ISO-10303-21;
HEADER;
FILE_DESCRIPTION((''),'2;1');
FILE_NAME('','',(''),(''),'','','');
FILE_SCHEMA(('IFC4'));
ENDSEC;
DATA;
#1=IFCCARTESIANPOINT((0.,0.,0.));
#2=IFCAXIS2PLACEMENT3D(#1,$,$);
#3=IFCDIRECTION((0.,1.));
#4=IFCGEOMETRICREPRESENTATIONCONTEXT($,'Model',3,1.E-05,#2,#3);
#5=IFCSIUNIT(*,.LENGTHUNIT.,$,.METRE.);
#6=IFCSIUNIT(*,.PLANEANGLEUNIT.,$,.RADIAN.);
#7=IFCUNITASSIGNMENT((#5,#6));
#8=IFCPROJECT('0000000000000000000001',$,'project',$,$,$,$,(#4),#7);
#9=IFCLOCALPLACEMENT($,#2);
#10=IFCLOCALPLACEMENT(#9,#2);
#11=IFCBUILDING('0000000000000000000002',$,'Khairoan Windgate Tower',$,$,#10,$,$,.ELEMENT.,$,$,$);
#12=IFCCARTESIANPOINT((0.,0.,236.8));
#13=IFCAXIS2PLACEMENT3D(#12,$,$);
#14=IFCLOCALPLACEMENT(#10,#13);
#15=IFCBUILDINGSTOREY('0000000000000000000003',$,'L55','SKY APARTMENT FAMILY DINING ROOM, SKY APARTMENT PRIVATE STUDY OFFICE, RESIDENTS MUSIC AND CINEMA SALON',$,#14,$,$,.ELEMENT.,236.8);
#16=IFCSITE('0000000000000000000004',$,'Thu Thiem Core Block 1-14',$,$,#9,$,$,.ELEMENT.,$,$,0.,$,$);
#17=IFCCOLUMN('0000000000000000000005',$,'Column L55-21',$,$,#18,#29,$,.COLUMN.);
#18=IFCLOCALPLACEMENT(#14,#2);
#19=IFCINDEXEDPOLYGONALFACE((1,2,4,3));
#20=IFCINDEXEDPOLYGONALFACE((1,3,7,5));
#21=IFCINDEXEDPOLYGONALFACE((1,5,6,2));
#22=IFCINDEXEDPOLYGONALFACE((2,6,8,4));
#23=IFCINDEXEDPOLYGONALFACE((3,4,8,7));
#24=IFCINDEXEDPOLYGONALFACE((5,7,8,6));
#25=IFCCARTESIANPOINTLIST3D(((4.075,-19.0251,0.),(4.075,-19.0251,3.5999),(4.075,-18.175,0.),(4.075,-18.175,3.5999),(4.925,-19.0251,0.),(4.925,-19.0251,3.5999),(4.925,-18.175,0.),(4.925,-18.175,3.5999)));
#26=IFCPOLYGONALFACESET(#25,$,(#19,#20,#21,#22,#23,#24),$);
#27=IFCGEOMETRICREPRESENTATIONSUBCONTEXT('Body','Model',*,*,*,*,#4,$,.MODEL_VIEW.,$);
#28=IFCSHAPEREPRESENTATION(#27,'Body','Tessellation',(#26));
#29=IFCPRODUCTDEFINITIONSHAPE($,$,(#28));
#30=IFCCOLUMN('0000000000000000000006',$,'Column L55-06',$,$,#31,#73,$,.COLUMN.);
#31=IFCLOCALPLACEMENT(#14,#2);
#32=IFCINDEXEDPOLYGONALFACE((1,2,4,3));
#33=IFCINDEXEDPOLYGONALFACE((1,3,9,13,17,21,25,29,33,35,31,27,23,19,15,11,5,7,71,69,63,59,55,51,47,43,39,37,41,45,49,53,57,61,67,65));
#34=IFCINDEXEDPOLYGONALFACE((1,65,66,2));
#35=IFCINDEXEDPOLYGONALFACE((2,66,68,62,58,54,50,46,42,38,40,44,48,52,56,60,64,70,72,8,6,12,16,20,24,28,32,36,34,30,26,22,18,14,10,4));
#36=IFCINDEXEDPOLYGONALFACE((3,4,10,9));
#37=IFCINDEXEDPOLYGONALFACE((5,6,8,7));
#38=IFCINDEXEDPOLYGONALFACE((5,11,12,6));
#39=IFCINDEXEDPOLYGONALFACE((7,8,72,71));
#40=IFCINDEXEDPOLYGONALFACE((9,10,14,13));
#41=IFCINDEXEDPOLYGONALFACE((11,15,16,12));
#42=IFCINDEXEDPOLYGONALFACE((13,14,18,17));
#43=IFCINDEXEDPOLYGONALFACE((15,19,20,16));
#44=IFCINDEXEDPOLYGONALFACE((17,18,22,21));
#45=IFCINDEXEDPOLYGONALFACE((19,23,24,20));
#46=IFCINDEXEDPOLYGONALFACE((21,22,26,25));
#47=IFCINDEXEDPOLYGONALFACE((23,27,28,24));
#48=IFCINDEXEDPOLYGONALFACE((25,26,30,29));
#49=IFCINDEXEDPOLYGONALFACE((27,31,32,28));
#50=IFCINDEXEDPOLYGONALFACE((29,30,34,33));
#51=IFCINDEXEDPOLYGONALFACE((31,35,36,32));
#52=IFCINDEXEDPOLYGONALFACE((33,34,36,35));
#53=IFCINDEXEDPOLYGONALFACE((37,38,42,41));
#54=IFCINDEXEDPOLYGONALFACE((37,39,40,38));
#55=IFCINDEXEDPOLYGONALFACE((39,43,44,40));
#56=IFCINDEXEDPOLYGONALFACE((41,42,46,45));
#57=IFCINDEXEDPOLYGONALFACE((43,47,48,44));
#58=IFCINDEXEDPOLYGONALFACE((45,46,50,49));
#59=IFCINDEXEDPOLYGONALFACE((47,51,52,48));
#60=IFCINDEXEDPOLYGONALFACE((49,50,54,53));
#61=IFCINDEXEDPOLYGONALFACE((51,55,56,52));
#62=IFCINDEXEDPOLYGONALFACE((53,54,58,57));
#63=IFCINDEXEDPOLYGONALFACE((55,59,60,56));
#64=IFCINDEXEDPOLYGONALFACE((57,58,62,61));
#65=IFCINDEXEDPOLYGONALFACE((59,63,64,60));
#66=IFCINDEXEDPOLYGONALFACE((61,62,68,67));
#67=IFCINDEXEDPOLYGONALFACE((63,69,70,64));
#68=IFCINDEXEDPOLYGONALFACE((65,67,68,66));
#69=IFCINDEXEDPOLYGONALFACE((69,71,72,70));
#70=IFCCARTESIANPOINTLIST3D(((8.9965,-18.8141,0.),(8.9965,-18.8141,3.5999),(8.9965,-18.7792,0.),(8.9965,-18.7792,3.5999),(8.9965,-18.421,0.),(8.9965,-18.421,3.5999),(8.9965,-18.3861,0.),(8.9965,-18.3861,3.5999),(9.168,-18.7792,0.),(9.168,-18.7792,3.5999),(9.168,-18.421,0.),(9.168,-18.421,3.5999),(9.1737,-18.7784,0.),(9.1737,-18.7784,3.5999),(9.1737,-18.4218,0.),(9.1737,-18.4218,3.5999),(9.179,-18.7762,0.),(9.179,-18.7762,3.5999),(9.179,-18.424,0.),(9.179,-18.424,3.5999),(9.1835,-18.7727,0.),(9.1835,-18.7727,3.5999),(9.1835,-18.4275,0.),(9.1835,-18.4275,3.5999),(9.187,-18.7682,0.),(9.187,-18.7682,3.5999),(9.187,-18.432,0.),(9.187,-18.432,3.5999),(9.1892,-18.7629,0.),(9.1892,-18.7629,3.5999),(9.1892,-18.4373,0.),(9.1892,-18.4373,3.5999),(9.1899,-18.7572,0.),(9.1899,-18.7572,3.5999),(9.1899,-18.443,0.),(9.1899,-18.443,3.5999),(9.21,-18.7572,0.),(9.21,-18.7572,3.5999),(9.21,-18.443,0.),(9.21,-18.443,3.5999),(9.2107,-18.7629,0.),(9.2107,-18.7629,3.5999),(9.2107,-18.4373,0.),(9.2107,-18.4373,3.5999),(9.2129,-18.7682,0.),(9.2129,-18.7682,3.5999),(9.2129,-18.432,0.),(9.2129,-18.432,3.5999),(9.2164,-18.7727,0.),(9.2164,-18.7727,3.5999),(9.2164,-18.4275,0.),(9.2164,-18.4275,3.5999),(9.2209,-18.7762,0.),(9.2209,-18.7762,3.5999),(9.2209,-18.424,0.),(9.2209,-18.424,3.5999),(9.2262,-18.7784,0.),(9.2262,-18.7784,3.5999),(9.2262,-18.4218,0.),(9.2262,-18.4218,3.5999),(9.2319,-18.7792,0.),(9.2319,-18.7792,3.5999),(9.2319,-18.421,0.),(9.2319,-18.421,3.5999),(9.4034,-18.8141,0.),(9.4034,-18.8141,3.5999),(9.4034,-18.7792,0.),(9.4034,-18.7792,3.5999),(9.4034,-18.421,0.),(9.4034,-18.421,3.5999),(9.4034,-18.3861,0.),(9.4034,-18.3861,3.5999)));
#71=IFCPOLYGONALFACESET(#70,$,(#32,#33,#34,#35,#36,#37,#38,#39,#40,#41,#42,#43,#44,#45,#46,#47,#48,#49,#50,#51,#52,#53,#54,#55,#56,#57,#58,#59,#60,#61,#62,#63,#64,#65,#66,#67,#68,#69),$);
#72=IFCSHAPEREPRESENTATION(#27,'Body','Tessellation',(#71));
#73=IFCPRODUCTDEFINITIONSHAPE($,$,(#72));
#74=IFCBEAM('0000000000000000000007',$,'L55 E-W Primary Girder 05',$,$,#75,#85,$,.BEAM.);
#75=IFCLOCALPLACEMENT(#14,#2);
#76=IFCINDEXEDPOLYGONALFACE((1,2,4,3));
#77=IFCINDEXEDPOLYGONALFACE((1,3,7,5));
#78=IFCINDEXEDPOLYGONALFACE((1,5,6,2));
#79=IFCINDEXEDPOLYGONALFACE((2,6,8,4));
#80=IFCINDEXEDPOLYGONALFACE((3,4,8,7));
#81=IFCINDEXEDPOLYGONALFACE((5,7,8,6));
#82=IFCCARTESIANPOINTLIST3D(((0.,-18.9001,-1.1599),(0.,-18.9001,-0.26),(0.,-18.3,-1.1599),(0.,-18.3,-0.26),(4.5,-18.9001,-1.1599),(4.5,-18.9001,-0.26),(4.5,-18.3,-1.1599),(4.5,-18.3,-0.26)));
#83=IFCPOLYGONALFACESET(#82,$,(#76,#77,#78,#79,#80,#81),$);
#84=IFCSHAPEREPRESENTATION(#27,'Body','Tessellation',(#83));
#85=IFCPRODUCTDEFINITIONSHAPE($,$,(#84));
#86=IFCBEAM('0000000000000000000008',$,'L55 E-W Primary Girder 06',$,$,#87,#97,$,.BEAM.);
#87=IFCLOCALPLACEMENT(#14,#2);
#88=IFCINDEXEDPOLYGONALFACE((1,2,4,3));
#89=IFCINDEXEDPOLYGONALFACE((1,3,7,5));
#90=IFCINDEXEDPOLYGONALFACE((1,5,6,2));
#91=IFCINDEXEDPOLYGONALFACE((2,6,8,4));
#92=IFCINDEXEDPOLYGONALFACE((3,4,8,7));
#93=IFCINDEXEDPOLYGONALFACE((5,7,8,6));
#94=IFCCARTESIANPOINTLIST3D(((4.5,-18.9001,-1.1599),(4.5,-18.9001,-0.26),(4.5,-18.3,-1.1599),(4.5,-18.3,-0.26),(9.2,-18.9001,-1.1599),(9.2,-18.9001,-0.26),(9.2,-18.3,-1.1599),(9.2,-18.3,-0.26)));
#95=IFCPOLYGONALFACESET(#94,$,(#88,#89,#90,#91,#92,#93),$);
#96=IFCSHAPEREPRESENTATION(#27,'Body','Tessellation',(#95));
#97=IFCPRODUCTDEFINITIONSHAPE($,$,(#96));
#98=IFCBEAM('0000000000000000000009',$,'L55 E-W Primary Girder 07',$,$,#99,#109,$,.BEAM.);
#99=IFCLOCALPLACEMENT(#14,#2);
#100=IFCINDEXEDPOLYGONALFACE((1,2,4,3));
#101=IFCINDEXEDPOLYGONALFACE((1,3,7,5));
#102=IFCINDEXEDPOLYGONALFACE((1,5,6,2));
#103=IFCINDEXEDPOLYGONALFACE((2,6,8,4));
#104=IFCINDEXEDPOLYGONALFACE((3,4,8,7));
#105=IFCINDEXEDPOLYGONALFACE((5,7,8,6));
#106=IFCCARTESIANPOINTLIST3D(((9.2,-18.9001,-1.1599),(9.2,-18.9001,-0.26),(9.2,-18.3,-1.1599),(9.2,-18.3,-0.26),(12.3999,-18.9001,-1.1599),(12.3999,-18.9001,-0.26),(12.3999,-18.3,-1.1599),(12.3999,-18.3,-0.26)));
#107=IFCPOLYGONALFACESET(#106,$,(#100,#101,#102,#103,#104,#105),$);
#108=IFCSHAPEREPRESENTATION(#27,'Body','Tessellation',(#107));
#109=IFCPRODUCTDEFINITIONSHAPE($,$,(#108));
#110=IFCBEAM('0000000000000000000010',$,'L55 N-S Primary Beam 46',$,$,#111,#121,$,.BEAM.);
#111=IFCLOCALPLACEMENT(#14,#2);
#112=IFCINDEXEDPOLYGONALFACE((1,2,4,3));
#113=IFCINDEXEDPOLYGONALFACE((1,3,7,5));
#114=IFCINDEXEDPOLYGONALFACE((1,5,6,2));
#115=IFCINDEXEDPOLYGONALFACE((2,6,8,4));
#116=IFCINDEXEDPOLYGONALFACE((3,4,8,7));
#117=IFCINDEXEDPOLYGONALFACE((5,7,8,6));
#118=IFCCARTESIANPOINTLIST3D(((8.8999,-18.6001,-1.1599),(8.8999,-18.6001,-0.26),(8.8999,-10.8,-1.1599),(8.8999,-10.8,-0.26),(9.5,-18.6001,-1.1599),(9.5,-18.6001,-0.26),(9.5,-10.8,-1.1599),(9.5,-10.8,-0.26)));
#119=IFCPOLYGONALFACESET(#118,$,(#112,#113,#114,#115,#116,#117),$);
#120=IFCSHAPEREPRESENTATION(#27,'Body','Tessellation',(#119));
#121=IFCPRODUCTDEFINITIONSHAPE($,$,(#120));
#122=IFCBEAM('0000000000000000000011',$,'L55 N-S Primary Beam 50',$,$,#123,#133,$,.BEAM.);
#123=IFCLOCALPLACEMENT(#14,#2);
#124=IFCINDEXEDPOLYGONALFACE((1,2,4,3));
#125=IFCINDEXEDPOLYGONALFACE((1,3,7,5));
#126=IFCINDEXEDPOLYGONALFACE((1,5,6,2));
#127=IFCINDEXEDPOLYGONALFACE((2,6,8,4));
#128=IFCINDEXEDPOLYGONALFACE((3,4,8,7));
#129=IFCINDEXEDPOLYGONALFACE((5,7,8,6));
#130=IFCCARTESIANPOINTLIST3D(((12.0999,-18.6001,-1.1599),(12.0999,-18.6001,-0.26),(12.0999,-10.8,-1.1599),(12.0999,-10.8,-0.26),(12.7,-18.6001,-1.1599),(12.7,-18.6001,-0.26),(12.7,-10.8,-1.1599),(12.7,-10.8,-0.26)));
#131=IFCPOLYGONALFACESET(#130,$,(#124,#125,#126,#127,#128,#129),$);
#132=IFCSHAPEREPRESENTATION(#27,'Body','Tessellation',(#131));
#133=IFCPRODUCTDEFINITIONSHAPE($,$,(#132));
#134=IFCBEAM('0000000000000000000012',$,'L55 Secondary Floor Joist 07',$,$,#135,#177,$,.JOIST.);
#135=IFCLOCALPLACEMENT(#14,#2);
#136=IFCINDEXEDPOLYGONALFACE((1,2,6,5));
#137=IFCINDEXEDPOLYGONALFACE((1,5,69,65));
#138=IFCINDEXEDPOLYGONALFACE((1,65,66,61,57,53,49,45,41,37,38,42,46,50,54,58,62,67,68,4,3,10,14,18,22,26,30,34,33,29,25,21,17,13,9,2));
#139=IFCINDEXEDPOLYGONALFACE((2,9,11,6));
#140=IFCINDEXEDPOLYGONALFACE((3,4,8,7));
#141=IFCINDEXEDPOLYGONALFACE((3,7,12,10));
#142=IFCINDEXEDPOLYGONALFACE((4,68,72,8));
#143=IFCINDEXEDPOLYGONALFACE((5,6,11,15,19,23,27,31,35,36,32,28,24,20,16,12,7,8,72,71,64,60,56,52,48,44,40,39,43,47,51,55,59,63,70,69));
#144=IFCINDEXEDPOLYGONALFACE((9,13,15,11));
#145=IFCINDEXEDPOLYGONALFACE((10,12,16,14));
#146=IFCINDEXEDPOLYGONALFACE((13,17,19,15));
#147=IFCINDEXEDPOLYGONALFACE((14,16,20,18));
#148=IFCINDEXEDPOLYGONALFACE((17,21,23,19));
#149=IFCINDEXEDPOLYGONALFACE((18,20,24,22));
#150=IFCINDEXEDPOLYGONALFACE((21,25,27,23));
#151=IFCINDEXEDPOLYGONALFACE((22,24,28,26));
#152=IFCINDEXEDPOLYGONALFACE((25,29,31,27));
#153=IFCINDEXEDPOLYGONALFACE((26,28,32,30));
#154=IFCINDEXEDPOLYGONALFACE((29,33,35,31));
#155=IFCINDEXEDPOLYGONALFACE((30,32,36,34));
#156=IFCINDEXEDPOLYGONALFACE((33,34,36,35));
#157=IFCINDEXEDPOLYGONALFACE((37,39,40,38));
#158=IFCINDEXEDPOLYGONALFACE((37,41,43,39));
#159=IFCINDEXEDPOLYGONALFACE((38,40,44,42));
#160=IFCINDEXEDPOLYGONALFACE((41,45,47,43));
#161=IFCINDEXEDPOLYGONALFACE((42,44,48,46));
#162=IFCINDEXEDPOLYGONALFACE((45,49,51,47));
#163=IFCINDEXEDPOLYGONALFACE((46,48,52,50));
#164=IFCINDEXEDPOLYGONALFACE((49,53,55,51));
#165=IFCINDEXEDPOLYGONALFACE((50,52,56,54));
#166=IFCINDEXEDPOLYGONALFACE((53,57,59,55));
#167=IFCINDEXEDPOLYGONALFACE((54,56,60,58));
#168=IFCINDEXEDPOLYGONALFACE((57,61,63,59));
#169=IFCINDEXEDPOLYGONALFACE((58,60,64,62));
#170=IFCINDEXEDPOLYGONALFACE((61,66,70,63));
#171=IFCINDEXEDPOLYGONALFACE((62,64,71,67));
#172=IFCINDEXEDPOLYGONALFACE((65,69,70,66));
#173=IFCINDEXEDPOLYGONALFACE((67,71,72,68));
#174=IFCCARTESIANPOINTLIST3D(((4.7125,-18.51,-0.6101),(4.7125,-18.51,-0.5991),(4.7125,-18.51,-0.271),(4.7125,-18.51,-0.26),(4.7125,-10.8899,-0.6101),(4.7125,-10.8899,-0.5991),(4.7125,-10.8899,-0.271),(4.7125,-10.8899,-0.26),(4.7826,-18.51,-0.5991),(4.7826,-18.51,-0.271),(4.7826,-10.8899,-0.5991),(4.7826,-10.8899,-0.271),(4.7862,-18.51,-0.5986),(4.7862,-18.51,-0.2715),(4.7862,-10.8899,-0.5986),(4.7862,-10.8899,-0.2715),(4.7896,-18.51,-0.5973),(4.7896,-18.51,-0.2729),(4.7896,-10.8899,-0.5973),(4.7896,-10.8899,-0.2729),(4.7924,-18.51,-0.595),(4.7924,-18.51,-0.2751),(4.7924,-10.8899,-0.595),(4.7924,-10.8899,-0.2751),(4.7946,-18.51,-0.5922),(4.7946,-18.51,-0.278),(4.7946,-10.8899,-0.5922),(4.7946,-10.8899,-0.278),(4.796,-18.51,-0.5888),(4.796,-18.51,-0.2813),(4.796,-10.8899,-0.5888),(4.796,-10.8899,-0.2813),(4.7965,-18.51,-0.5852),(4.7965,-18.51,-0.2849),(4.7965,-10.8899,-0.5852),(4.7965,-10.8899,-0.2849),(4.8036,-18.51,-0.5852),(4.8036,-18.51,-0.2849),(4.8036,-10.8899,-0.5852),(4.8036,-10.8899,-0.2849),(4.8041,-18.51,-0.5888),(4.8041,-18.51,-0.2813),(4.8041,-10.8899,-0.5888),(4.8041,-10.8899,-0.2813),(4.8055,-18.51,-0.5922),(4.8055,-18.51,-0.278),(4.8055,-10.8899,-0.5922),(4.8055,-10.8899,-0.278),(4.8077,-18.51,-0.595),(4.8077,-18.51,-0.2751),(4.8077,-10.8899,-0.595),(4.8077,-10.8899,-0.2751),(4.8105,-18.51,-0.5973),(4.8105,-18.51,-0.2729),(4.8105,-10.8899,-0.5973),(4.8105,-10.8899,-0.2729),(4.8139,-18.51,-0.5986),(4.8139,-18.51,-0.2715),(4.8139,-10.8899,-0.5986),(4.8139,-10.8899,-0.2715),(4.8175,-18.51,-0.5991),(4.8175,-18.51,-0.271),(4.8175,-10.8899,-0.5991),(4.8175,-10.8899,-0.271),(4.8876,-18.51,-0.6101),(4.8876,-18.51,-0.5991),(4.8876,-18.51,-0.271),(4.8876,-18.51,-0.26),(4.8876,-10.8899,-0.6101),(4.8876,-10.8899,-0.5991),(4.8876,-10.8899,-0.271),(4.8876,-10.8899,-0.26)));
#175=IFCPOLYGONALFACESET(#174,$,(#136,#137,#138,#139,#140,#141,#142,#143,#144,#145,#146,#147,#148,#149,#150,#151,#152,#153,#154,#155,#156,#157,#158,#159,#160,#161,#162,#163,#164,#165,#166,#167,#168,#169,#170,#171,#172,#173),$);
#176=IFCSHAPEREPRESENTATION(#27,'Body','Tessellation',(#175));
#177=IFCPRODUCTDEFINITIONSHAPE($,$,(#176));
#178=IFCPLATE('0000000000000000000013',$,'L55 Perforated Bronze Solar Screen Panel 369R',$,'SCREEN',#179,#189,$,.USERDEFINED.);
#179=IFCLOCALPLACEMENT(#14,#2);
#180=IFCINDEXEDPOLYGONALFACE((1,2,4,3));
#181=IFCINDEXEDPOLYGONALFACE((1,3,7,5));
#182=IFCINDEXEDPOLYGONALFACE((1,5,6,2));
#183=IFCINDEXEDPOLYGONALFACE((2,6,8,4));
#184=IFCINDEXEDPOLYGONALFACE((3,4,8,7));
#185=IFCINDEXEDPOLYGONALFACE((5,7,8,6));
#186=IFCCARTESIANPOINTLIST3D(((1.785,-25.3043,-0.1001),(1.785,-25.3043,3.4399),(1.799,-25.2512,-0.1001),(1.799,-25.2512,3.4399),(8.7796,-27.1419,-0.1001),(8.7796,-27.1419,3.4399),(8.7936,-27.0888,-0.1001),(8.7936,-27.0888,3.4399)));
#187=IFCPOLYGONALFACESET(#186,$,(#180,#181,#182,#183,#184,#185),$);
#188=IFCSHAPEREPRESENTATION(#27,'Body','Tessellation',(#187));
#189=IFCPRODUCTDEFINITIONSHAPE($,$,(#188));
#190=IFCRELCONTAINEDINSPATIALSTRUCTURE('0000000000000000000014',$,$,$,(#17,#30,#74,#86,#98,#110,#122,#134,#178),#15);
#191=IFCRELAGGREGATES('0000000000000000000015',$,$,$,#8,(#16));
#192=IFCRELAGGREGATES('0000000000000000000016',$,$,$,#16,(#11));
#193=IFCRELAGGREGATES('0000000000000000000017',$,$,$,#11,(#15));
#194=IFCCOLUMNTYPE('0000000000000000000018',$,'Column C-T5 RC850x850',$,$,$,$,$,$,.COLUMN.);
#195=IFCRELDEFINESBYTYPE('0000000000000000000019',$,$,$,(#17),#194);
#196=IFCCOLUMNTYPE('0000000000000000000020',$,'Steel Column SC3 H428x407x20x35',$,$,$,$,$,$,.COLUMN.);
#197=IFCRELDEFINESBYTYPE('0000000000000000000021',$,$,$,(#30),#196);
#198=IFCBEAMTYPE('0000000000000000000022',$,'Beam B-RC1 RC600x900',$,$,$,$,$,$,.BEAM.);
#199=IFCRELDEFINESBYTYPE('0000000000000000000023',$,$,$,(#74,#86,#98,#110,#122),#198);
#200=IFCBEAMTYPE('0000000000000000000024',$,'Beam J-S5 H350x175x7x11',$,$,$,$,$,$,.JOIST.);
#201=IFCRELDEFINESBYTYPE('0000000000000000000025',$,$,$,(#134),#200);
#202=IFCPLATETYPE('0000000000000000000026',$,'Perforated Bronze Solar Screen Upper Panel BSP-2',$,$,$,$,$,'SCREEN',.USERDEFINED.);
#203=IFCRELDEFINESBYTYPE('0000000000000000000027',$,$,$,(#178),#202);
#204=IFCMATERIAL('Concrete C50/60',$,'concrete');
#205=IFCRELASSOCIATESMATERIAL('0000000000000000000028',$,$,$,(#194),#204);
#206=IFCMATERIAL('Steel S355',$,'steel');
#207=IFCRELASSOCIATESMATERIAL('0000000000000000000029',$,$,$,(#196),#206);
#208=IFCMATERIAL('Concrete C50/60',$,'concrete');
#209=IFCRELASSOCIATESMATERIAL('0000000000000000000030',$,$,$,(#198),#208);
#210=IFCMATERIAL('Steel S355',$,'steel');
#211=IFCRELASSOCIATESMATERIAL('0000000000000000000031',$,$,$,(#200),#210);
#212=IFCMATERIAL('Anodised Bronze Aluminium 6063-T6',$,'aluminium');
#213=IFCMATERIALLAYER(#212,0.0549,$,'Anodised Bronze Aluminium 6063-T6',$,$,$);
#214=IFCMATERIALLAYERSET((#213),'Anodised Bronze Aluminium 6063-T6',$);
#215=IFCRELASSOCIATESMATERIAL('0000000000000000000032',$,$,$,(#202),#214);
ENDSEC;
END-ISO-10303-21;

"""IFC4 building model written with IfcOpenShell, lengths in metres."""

from ifc_helpers import new_model, si_unit, direction, frame, origin, origin_2d, place, context, subcontext, project, spatial, rectangle, i_section, extrude, material, layer, layer_set, material_profile, profile_set, type_object, element, save


model = new_model("IFC4")

# Units and contexts
model_context = context("Model", 3, precision=1e-05, world=origin(), true_north=direction((0.0, 1.0)))
body_context = subcontext(model_context, "Body", "Model", "MODEL_VIEW")
ifc_project = project(units=[si_unit("LENGTHUNIT", "METRE"), si_unit("PLANEANGLEUNIT", "RADIAN")], contexts=[model_context])

# Site, building, storey
site_placement = place(None, origin())
site = spatial("IfcSite", under=ifc_project, at=site_placement, Name="Thu Thiem Core Block 1-14", CompositionType="ELEMENT", RefElevation=0.0)
building_placement = place(site_placement, origin())
building = spatial("IfcBuilding", under=site, at=building_placement, Name="Khairoan Windgate Tower", CompositionType="ELEMENT")
storey_placement = place(building_placement, frame((0.0, 0.0, 236.8)))
storey = spatial("IfcBuildingStorey", under=building, at=storey_placement, Name="L55", Description="SKY APARTMENT FAMILY DINING ROOM, SKY APARTMENT PRIVATE STUDY OFFICE, RESIDENTS MUSIC AND CINEMA SALON", CompositionType="ELEMENT", Elevation=236.8)

# Columns
ifc_material_1 = material(Name="Concrete C50/60", Category="concrete")
ifc_material_profile_1 = material_profile(ifc_material_1, rectangle(XDim=0.8501, YDim=0.8501, at=origin_2d()))
ifc_profile_set_1 = profile_set([ifc_material_profile_1], Name="Concrete C50/60")
column_type_1 = type_object("IfcColumnType", Name="Column C-T5 RC850x850", PredefinedType="COLUMN", material=ifc_profile_set_1)
column_1_placement = place(storey_placement, frame((4.5, -18.6001, 0.0), z_axis=(0.0, 0.0, 1.0), x_axis=(1.0, 0.0, 0.0)))
element("IfcColumn", 1, at=column_1_placement, inside=storey, type_object=column_type_1, Name="Column L55-21", PredefinedType="COLUMN", context=body_context, shape_type="SweptSolid", body=[
    extrude(rectangle(XDim=0.8501, YDim=0.8501, at=origin_2d()), origin(), (0.0, 0.0, 1.0), 3.5999),
])
ifc_material_2 = material(Name="Steel S355", Category="steel")
ifc_material_profile_2 = material_profile(ifc_material_2, i_section(OverallWidth=0.407, OverallDepth=0.428, WebThickness=0.02, FlangeThickness=0.0349, FilletRadius=0.022, at=origin_2d()))
ifc_profile_set_2 = profile_set([ifc_material_profile_2], Name="Steel S355")
column_type_2 = type_object("IfcColumnType", Name="Steel Column SC3 H428x407x20x35", PredefinedType="COLUMN", material=ifc_profile_set_2)
column_2_placement = place(storey_placement, frame((9.2, -18.6001, 0.0), z_axis=(0.0, 0.0, 1.0), x_axis=(1.0, 0.0, 0.0)))
element("IfcColumn", 2, at=column_2_placement, inside=storey, type_object=column_type_2, Name="Column L55-06", PredefinedType="COLUMN", context=body_context, shape_type="SweptSolid", body=[
    extrude(i_section(OverallWidth=0.407, OverallDepth=0.428, WebThickness=0.02, FlangeThickness=0.0349, FilletRadius=0.022, at=origin_2d()), origin(), (0.0, 0.0, 1.0), 3.5999),
])

# Beams
ifc_material_3 = material(Name="Concrete C50/60", Category="concrete")
ifc_material_profile_3 = material_profile(ifc_material_3, rectangle(XDim=0.6001, YDim=0.8999, at=origin_2d()))
ifc_profile_set_3 = profile_set([ifc_material_profile_3], Name="Concrete C50/60")
beam_type_1 = type_object("IfcBeamType", Name="Beam B-RC1 RC600x900", PredefinedType="BEAM", material=ifc_profile_set_3)
beam_1_placement = place(storey_placement, frame((0.0, -18.6001, -0.71), z_axis=(1.0, 0.0, 0.0), x_axis=(0.0, 1.0, 0.0)))
element("IfcBeam", 3, at=beam_1_placement, inside=storey, type_object=beam_type_1, Name="L55 E-W Primary Girder 05", PredefinedType="BEAM", context=body_context, shape_type="SweptSolid", body=[
    extrude(rectangle(XDim=0.6001, YDim=0.8999, at=origin_2d()), origin(), (0.0, 0.0, 1.0), 4.5),
])
beam_2_placement = place(storey_placement, frame((4.5, -18.6001, -0.71), z_axis=(1.0, 0.0, 0.0), x_axis=(0.0, 1.0, 0.0)))
element("IfcBeam", 4, at=beam_2_placement, inside=storey, type_object=beam_type_1, Name="L55 E-W Primary Girder 06", PredefinedType="BEAM", context=body_context, shape_type="SweptSolid", body=[
    extrude(rectangle(XDim=0.6001, YDim=0.8999, at=origin_2d()), origin(), (0.0, 0.0, 1.0), 4.7),
])
beam_3_placement = place(storey_placement, frame((9.2, -18.6001, -0.71), z_axis=(1.0, 0.0, 0.0), x_axis=(0.0, 1.0, 0.0)))
element("IfcBeam", 5, at=beam_3_placement, inside=storey, type_object=beam_type_1, Name="L55 E-W Primary Girder 07", PredefinedType="BEAM", context=body_context, shape_type="SweptSolid", body=[
    extrude(rectangle(XDim=0.6001, YDim=0.8999, at=origin_2d()), origin(), (0.0, 0.0, 1.0), 3.2),
])
for number, where, z_axis, x_axis, name in (
    (6, (9.2, -18.6001, -0.71), (0.0, 1.0, 0.0), (-1.0, 0.0, 0.0), "L55 N-S Primary Beam 46"),
    (7, (12.3999, -18.6001, -0.71), (0.0, 1.0, 0.0), (-1.0, 0.0, 0.0), "L55 N-S Primary Beam 50"),
):
    element("IfcBeam", number, at=place(storey_placement, frame(where, z_axis=z_axis, x_axis=x_axis)), inside=storey, type_object=beam_type_1, Name=name, PredefinedType="BEAM", context=body_context, shape_type="SweptSolid", body=[
        extrude(rectangle(XDim=0.6001, YDim=0.8999, at=origin_2d()), origin(), (0.0, 0.0, 1.0), 7.8),
    ])
ifc_material_4 = material(Name="Steel S355", Category="steel")
ifc_material_profile_4 = material_profile(ifc_material_4, i_section(OverallWidth=0.175, OverallDepth=0.3501, WebThickness=0.0071, FlangeThickness=0.011, FilletRadius=0.0139, at=origin_2d()))
ifc_profile_set_4 = profile_set([ifc_material_profile_4], Name="Steel S355")
beam_type_2 = type_object("IfcBeamType", Name="Beam J-S5 H350x175x7x11", PredefinedType="JOIST", material=ifc_profile_set_4)
beam_4_placement = place(storey_placement, frame((4.8, -18.51, -0.4351), z_axis=(0.0, 1.0, 0.0), x_axis=(-1.0, 0.0, 0.0)))
element("IfcBeam", 8, at=beam_4_placement, inside=storey, type_object=beam_type_2, Name="L55 Secondary Floor Joist 07", PredefinedType="JOIST", context=body_context, shape_type="SweptSolid", body=[
    extrude(i_section(OverallWidth=0.175, OverallDepth=0.3501, WebThickness=0.0071, FlangeThickness=0.011, FilletRadius=0.0139, at=origin_2d()), origin(), (0.0, 0.0, 1.0), 7.6201),
])

# Plate
ifc_material_5 = material(Name="Anodised Bronze Aluminium 6063-T6", Category="aluminium")
ifc_layer_1 = layer(ifc_material_5, 0.0549, Name="Anodised Bronze Aluminium 6063-T6")
ifc_layer_set_1 = layer_set([ifc_layer_1], Name="Anodised Bronze Aluminium 6063-T6")
plate_type = type_object("IfcPlateType", Name="Perforated Bronze Solar Screen Upper Panel BSP-2", ElementType="SCREEN", PredefinedType="USERDEFINED", material=ifc_layer_set_1)
plate_placement = place(storey_placement, frame((5.2893, -26.1965, -0.1001), z_axis=(0.0, 0.0, 1.0), x_axis=(-0.967179, 0.254096, 0.0)))
element("IfcPlate", 9, at=plate_placement, inside=storey, type_object=plate_type, Name="L55 Perforated Bronze Solar Screen Panel 369R", ObjectType="SCREEN", PredefinedType="USERDEFINED", context=body_context, shape_type="SweptSolid", body=[
    extrude(rectangle(XDim=7.2319, YDim=0.0549, at=origin_2d()), origin(), (0.0, 0.0, 1.0), 3.54),
])

save(model, "model.ifc")
